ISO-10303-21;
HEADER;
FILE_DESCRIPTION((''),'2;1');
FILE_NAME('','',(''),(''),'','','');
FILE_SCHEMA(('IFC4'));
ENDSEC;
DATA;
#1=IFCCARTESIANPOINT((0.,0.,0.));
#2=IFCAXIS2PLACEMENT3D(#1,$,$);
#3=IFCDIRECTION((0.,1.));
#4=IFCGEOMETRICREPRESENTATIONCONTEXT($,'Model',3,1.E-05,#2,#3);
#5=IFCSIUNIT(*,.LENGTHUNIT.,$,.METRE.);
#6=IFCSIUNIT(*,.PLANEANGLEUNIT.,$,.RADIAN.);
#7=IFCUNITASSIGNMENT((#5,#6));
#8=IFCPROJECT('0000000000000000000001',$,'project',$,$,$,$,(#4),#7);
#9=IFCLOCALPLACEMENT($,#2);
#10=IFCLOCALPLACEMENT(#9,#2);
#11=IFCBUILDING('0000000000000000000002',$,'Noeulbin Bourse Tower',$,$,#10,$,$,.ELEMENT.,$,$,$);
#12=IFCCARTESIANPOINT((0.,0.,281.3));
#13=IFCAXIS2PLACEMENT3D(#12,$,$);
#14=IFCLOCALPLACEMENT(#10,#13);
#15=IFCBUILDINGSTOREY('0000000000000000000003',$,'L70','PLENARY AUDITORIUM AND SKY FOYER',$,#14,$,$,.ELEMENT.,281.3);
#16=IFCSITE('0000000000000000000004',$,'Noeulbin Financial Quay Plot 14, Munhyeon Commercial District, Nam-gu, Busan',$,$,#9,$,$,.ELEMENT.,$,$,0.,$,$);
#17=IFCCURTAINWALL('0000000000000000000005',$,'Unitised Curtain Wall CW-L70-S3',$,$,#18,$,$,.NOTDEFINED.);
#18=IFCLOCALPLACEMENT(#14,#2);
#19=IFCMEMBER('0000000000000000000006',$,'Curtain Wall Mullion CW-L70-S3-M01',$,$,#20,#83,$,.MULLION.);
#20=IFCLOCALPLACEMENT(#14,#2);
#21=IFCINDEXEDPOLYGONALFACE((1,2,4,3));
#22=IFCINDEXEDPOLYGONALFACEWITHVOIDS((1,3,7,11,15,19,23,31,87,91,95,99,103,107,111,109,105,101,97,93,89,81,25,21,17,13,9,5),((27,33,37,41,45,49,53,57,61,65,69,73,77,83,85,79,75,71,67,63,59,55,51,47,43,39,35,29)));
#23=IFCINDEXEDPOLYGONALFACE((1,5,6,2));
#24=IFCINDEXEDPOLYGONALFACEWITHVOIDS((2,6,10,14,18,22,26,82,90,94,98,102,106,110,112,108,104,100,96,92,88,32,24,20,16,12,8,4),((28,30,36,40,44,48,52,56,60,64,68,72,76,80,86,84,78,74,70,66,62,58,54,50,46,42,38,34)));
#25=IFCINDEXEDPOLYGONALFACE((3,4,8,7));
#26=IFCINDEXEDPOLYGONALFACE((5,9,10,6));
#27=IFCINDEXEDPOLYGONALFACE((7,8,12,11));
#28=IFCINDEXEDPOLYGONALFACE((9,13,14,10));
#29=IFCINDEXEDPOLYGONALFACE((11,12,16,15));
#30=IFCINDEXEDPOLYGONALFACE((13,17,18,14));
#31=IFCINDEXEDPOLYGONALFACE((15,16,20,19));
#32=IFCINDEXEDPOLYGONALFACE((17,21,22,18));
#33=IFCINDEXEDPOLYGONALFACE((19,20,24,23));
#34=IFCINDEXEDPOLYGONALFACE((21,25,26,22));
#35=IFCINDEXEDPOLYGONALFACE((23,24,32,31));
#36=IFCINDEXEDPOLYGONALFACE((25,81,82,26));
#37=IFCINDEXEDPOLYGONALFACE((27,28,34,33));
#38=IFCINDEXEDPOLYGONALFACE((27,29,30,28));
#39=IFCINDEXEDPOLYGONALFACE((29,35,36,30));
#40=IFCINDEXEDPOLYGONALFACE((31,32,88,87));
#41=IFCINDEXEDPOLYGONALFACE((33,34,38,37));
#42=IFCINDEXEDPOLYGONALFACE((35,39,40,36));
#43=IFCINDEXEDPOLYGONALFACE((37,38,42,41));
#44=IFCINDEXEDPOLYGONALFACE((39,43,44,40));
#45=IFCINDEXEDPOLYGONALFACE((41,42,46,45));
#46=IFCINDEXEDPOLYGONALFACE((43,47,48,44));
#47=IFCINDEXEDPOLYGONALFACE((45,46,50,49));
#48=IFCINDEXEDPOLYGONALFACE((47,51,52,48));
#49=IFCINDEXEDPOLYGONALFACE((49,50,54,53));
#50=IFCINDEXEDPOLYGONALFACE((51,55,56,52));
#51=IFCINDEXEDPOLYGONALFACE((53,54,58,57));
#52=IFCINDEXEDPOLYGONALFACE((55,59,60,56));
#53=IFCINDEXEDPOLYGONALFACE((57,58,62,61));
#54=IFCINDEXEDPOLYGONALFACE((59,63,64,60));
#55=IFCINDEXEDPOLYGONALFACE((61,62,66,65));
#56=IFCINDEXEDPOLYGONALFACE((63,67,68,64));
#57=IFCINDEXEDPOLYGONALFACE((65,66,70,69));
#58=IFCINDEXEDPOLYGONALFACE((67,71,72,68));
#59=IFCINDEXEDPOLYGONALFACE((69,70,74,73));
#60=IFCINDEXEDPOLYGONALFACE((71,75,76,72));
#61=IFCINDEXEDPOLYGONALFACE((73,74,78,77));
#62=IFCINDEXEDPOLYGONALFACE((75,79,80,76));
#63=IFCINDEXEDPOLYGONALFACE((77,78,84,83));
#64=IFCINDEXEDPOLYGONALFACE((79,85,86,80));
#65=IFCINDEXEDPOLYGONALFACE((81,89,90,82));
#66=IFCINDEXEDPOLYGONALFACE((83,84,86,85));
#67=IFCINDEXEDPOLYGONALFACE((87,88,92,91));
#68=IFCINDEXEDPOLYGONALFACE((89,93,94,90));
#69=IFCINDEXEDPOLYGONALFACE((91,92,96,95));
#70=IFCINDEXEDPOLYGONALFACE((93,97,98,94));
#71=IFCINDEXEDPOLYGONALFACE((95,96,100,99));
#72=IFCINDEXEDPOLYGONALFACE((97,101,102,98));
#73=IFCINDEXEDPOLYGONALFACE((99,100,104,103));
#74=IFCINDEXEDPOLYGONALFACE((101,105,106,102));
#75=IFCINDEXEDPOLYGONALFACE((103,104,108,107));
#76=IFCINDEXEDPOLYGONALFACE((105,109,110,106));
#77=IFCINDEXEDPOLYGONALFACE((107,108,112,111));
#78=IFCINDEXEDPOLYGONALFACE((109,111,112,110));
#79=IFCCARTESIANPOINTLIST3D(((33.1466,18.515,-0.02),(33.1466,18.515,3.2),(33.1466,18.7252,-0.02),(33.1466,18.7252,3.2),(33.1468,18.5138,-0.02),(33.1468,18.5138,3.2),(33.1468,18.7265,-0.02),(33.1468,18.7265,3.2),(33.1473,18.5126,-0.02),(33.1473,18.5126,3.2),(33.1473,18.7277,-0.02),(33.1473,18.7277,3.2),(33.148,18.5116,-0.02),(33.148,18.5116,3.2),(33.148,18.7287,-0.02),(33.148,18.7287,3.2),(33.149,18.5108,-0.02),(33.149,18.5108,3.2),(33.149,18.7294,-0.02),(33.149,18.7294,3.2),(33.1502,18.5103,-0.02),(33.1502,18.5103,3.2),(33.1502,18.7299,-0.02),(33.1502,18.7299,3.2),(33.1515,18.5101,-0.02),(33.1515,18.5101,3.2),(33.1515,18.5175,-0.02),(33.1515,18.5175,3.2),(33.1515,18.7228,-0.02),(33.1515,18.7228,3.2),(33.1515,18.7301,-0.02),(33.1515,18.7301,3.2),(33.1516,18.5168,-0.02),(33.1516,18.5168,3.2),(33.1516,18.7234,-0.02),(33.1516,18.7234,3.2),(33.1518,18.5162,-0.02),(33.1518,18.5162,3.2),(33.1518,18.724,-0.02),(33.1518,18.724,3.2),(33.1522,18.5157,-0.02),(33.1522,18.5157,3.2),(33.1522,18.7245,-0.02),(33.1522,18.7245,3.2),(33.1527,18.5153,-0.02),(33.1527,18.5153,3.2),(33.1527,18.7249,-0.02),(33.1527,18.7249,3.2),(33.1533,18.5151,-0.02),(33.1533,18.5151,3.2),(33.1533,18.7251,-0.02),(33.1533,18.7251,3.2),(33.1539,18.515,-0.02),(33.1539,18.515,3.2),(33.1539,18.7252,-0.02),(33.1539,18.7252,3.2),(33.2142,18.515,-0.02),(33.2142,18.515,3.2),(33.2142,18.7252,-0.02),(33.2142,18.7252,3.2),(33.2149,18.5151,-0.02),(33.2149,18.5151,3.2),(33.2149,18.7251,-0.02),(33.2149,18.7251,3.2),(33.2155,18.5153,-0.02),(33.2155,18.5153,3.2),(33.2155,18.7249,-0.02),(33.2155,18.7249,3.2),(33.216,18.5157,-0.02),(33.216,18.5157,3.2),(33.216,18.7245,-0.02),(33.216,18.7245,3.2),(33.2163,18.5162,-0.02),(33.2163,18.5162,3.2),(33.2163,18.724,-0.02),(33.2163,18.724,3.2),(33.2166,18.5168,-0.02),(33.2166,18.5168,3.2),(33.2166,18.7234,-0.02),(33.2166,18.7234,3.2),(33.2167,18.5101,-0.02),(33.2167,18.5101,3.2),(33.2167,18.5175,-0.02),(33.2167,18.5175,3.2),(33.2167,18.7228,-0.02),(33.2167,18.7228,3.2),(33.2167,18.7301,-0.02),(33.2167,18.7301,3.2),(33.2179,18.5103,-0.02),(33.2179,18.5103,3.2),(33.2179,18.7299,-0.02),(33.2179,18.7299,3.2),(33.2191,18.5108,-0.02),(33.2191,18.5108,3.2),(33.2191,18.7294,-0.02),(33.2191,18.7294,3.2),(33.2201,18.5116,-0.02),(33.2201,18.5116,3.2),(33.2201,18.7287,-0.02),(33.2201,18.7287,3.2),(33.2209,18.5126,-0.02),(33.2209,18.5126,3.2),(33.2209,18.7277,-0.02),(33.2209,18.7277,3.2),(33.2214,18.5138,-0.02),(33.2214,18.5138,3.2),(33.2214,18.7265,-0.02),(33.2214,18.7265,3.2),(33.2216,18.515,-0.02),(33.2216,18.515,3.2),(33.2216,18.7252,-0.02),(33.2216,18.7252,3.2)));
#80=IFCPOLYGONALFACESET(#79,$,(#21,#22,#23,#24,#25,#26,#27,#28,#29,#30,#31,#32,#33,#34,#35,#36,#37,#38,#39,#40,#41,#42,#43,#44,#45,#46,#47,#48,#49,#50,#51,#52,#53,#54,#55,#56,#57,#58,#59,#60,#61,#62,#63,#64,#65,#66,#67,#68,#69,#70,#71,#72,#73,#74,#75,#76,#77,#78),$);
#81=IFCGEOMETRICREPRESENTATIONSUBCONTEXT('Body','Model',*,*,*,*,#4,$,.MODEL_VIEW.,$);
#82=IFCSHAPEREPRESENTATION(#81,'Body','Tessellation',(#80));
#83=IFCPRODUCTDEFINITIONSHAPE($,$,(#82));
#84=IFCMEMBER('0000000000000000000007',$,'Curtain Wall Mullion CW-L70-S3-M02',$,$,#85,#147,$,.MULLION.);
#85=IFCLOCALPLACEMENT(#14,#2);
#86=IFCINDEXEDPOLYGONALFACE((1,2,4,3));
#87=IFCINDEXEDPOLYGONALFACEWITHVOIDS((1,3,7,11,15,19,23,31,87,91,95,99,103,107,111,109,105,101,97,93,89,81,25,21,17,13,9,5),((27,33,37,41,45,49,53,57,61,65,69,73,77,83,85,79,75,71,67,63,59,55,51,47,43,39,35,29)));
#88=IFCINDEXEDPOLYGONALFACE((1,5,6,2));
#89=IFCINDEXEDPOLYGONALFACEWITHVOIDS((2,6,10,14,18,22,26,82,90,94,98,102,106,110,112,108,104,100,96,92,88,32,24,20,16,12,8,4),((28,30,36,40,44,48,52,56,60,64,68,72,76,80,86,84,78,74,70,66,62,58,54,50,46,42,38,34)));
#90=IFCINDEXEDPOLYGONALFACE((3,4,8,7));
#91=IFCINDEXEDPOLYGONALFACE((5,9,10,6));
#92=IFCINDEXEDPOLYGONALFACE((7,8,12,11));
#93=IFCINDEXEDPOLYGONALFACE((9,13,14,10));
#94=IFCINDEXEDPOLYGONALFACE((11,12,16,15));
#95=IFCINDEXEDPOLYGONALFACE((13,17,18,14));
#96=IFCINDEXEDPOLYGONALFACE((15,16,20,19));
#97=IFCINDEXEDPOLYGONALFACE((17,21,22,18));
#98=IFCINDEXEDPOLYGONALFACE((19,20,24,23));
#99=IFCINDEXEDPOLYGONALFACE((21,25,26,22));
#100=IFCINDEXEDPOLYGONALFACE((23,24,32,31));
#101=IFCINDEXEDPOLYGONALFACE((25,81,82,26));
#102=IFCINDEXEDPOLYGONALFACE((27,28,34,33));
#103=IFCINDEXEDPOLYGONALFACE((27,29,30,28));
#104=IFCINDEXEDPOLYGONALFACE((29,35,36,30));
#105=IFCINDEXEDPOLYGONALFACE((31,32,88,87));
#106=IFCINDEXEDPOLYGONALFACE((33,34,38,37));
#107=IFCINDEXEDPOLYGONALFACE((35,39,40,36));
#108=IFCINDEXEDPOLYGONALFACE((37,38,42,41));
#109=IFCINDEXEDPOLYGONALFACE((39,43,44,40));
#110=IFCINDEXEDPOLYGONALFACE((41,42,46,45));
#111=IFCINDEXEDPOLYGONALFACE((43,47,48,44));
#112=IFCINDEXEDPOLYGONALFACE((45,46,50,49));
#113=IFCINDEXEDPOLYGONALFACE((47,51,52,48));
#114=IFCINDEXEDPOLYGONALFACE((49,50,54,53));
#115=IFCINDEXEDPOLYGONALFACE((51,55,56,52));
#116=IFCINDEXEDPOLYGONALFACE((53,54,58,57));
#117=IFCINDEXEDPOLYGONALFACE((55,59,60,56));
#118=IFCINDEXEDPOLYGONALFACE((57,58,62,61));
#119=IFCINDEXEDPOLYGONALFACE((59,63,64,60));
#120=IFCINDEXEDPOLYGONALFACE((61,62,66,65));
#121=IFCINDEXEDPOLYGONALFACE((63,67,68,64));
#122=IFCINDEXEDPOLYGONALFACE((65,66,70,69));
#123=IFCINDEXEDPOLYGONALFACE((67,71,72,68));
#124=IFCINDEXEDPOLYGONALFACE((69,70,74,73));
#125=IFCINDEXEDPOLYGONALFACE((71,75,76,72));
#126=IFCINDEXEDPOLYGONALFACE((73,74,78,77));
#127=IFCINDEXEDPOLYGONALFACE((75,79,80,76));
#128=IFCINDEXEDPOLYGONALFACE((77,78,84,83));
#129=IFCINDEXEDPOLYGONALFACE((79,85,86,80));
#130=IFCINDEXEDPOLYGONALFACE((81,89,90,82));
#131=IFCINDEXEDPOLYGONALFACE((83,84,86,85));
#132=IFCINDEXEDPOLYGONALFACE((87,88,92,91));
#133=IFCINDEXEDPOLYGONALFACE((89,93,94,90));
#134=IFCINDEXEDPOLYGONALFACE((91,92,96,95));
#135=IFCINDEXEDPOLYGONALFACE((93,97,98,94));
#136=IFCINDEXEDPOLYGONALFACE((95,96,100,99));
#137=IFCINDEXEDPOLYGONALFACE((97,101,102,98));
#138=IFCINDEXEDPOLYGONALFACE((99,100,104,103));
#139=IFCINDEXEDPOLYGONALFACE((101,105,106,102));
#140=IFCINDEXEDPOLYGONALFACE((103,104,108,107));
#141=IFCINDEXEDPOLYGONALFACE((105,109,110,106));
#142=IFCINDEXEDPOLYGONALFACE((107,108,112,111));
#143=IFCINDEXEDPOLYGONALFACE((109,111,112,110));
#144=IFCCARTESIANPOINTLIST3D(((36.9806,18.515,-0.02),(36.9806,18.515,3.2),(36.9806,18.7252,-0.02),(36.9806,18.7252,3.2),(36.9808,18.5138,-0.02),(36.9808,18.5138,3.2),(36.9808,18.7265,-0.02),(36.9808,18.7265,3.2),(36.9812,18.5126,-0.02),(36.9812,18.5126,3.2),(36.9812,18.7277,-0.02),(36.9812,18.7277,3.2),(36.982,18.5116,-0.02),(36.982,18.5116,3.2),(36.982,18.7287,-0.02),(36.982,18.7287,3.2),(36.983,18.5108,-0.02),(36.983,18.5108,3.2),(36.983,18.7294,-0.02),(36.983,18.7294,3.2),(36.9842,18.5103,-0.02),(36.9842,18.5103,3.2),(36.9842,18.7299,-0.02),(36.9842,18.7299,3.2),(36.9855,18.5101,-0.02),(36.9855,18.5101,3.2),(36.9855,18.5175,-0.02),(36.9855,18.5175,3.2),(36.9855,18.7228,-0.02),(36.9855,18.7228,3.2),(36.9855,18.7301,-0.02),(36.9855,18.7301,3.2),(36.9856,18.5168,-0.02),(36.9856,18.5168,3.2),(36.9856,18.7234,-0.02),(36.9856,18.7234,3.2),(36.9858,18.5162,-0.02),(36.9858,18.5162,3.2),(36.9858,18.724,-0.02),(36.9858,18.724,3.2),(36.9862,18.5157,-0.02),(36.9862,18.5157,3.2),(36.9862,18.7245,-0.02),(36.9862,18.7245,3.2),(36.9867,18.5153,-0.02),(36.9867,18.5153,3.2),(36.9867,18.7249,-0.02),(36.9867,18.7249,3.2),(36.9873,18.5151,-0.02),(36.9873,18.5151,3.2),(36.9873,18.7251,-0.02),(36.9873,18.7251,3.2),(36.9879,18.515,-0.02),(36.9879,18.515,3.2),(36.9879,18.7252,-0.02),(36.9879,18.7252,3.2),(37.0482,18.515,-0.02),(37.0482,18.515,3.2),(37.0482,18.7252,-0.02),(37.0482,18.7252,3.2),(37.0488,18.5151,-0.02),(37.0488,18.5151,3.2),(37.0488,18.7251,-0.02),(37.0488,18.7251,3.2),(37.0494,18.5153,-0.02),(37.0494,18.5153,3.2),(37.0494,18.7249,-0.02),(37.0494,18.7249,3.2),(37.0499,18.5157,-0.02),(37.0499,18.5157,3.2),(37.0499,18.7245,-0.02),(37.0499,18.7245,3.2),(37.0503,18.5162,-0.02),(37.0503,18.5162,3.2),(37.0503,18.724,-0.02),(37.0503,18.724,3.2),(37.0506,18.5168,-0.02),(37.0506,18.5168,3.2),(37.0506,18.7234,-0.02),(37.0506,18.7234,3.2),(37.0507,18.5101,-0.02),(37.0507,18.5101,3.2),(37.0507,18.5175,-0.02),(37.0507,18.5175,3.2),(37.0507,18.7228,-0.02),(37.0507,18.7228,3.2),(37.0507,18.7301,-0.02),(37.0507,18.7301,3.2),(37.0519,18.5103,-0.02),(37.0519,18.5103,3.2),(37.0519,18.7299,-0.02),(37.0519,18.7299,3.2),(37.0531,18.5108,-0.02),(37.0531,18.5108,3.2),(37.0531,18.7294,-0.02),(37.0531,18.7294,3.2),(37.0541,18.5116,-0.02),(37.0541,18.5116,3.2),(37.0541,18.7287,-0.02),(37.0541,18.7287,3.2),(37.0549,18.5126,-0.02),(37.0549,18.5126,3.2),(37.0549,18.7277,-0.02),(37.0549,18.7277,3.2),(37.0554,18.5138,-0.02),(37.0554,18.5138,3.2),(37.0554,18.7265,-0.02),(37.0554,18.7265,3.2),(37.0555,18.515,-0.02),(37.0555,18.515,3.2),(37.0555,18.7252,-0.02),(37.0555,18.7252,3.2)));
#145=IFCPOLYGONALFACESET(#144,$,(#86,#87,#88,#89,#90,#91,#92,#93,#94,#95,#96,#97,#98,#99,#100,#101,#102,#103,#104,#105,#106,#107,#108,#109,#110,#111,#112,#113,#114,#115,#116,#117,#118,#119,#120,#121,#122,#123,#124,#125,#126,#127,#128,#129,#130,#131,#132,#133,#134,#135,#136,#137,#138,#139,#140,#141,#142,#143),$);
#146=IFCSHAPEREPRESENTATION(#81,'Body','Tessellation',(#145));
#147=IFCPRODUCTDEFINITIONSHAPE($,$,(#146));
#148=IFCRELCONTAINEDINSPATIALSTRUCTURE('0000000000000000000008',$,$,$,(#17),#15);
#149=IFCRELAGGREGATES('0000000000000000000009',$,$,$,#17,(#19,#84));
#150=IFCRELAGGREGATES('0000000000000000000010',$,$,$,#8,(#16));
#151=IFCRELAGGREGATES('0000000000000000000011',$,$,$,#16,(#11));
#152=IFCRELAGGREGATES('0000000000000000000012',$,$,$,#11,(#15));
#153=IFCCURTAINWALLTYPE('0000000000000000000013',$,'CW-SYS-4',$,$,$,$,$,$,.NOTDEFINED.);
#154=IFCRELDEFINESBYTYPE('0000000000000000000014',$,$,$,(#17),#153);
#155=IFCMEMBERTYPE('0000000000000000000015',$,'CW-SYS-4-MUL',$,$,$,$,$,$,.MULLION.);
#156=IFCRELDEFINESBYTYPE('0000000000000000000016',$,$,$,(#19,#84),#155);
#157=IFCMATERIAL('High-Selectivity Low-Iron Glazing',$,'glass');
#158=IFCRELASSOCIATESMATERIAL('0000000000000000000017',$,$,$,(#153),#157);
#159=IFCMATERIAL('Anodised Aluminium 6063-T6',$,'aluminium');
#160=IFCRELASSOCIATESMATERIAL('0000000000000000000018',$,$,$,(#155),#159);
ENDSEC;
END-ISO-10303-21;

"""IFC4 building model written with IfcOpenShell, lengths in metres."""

from ifc_helpers import new_model, si_unit, direction, frame, origin, origin_2d, place, context, subcontext, project, spatial, hollow_rectangle, extrude, material, material_profile, profile_set, type_object, element, aggregate, save


model = new_model("IFC4")

# Units and contexts
model_context = context("Model", 3, precision=1e-05, world=origin(), true_north=direction((0.0, 1.0)))
body_context = subcontext(model_context, "Body", "Model", "MODEL_VIEW")
ifc_project = project(units=[si_unit("LENGTHUNIT", "METRE"), si_unit("PLANEANGLEUNIT", "RADIAN")], contexts=[model_context])

# Site, building, storey
site_placement = place(None, origin())
site = spatial("IfcSite", under=ifc_project, at=site_placement, Name="Noeulbin Financial Quay Plot 14, Munhyeon Commercial District, Nam-gu, Busan", CompositionType="ELEMENT", RefElevation=0.0)
building_placement = place(site_placement, origin())
building = spatial("IfcBuilding", under=site, at=building_placement, Name="Noeulbin Bourse Tower", CompositionType="ELEMENT")
storey_placement = place(building_placement, frame((0.0, 0.0, 281.3)))
storey = spatial("IfcBuildingStorey", under=building, at=storey_placement, Name="L70", Description="PLENARY AUDITORIUM AND SKY FOYER", CompositionType="ELEMENT", Elevation=281.3)

# Curtain wall, members
ifc_material_1 = material(Name="High-Selectivity Low-Iron Glazing", Category="glass")
curtain_wall_type = type_object("IfcCurtainWallType", Name="CW-SYS-4", PredefinedType="NOTDEFINED", material=ifc_material_1)
curtain_wall_placement = place(storey_placement, origin())
curtain_wall = element("IfcCurtainWall", 1, at=curtain_wall_placement, inside=storey, type_object=curtain_wall_type, Name="Unitised Curtain Wall CW-L70-S3", PredefinedType="NOTDEFINED")
ifc_material_2 = material(Name="Anodised Aluminium 6063-T6", Category="aluminium")
ifc_material_profile_1 = material_profile(ifc_material_2, hollow_rectangle(XDim=0.075, YDim=0.22, WallThickness=0.0049, InnerFilletRadius=0.0024, OuterFilletRadius=0.0049, at=origin_2d()), Name="ALU-MULL-75x220x5", Category="LoadBearing")
ifc_profile_set_1 = profile_set([ifc_material_profile_1], Name="Anodised Aluminium 6063-T6")
member_type = type_object("IfcMemberType", Name="CW-SYS-4-MUL", PredefinedType="MULLION", material=ifc_profile_set_1)
member_1_placement = place(storey_placement, frame((33.1841, 18.6201, -0.02), z_axis=(0.0, 0.0, 1.0), x_axis=(1.0, 0.0, 0.0)))
member_1 = element("IfcMember", 2, at=member_1_placement, type_object=member_type, Name="Curtain Wall Mullion CW-L70-S3-M01", PredefinedType="MULLION", context=body_context, shape_type="SweptSolid", body=[
    extrude(hollow_rectangle(XDim=0.075, YDim=0.22, WallThickness=0.0049, InnerFilletRadius=0.0024, OuterFilletRadius=0.0049, at=origin_2d()), origin(), (0.0, 0.0, 1.0), 3.22),
])
member_2_placement = place(storey_placement, frame((37.0181, 18.6201, -0.02), z_axis=(0.0, 0.0, 1.0), x_axis=(1.0, 0.0, 0.0)))
member_2 = element("IfcMember", 3, at=member_2_placement, type_object=member_type, Name="Curtain Wall Mullion CW-L70-S3-M02", PredefinedType="MULLION", context=body_context, shape_type="SweptSolid", body=[
    extrude(hollow_rectangle(XDim=0.075, YDim=0.22, WallThickness=0.0049, InnerFilletRadius=0.0024, OuterFilletRadius=0.0049, at=origin_2d()), origin(), (0.0, 0.0, 1.0), 3.22),
])
aggregate(curtain_wall, [member_1, member_2])

save(model, "model.ifc")
